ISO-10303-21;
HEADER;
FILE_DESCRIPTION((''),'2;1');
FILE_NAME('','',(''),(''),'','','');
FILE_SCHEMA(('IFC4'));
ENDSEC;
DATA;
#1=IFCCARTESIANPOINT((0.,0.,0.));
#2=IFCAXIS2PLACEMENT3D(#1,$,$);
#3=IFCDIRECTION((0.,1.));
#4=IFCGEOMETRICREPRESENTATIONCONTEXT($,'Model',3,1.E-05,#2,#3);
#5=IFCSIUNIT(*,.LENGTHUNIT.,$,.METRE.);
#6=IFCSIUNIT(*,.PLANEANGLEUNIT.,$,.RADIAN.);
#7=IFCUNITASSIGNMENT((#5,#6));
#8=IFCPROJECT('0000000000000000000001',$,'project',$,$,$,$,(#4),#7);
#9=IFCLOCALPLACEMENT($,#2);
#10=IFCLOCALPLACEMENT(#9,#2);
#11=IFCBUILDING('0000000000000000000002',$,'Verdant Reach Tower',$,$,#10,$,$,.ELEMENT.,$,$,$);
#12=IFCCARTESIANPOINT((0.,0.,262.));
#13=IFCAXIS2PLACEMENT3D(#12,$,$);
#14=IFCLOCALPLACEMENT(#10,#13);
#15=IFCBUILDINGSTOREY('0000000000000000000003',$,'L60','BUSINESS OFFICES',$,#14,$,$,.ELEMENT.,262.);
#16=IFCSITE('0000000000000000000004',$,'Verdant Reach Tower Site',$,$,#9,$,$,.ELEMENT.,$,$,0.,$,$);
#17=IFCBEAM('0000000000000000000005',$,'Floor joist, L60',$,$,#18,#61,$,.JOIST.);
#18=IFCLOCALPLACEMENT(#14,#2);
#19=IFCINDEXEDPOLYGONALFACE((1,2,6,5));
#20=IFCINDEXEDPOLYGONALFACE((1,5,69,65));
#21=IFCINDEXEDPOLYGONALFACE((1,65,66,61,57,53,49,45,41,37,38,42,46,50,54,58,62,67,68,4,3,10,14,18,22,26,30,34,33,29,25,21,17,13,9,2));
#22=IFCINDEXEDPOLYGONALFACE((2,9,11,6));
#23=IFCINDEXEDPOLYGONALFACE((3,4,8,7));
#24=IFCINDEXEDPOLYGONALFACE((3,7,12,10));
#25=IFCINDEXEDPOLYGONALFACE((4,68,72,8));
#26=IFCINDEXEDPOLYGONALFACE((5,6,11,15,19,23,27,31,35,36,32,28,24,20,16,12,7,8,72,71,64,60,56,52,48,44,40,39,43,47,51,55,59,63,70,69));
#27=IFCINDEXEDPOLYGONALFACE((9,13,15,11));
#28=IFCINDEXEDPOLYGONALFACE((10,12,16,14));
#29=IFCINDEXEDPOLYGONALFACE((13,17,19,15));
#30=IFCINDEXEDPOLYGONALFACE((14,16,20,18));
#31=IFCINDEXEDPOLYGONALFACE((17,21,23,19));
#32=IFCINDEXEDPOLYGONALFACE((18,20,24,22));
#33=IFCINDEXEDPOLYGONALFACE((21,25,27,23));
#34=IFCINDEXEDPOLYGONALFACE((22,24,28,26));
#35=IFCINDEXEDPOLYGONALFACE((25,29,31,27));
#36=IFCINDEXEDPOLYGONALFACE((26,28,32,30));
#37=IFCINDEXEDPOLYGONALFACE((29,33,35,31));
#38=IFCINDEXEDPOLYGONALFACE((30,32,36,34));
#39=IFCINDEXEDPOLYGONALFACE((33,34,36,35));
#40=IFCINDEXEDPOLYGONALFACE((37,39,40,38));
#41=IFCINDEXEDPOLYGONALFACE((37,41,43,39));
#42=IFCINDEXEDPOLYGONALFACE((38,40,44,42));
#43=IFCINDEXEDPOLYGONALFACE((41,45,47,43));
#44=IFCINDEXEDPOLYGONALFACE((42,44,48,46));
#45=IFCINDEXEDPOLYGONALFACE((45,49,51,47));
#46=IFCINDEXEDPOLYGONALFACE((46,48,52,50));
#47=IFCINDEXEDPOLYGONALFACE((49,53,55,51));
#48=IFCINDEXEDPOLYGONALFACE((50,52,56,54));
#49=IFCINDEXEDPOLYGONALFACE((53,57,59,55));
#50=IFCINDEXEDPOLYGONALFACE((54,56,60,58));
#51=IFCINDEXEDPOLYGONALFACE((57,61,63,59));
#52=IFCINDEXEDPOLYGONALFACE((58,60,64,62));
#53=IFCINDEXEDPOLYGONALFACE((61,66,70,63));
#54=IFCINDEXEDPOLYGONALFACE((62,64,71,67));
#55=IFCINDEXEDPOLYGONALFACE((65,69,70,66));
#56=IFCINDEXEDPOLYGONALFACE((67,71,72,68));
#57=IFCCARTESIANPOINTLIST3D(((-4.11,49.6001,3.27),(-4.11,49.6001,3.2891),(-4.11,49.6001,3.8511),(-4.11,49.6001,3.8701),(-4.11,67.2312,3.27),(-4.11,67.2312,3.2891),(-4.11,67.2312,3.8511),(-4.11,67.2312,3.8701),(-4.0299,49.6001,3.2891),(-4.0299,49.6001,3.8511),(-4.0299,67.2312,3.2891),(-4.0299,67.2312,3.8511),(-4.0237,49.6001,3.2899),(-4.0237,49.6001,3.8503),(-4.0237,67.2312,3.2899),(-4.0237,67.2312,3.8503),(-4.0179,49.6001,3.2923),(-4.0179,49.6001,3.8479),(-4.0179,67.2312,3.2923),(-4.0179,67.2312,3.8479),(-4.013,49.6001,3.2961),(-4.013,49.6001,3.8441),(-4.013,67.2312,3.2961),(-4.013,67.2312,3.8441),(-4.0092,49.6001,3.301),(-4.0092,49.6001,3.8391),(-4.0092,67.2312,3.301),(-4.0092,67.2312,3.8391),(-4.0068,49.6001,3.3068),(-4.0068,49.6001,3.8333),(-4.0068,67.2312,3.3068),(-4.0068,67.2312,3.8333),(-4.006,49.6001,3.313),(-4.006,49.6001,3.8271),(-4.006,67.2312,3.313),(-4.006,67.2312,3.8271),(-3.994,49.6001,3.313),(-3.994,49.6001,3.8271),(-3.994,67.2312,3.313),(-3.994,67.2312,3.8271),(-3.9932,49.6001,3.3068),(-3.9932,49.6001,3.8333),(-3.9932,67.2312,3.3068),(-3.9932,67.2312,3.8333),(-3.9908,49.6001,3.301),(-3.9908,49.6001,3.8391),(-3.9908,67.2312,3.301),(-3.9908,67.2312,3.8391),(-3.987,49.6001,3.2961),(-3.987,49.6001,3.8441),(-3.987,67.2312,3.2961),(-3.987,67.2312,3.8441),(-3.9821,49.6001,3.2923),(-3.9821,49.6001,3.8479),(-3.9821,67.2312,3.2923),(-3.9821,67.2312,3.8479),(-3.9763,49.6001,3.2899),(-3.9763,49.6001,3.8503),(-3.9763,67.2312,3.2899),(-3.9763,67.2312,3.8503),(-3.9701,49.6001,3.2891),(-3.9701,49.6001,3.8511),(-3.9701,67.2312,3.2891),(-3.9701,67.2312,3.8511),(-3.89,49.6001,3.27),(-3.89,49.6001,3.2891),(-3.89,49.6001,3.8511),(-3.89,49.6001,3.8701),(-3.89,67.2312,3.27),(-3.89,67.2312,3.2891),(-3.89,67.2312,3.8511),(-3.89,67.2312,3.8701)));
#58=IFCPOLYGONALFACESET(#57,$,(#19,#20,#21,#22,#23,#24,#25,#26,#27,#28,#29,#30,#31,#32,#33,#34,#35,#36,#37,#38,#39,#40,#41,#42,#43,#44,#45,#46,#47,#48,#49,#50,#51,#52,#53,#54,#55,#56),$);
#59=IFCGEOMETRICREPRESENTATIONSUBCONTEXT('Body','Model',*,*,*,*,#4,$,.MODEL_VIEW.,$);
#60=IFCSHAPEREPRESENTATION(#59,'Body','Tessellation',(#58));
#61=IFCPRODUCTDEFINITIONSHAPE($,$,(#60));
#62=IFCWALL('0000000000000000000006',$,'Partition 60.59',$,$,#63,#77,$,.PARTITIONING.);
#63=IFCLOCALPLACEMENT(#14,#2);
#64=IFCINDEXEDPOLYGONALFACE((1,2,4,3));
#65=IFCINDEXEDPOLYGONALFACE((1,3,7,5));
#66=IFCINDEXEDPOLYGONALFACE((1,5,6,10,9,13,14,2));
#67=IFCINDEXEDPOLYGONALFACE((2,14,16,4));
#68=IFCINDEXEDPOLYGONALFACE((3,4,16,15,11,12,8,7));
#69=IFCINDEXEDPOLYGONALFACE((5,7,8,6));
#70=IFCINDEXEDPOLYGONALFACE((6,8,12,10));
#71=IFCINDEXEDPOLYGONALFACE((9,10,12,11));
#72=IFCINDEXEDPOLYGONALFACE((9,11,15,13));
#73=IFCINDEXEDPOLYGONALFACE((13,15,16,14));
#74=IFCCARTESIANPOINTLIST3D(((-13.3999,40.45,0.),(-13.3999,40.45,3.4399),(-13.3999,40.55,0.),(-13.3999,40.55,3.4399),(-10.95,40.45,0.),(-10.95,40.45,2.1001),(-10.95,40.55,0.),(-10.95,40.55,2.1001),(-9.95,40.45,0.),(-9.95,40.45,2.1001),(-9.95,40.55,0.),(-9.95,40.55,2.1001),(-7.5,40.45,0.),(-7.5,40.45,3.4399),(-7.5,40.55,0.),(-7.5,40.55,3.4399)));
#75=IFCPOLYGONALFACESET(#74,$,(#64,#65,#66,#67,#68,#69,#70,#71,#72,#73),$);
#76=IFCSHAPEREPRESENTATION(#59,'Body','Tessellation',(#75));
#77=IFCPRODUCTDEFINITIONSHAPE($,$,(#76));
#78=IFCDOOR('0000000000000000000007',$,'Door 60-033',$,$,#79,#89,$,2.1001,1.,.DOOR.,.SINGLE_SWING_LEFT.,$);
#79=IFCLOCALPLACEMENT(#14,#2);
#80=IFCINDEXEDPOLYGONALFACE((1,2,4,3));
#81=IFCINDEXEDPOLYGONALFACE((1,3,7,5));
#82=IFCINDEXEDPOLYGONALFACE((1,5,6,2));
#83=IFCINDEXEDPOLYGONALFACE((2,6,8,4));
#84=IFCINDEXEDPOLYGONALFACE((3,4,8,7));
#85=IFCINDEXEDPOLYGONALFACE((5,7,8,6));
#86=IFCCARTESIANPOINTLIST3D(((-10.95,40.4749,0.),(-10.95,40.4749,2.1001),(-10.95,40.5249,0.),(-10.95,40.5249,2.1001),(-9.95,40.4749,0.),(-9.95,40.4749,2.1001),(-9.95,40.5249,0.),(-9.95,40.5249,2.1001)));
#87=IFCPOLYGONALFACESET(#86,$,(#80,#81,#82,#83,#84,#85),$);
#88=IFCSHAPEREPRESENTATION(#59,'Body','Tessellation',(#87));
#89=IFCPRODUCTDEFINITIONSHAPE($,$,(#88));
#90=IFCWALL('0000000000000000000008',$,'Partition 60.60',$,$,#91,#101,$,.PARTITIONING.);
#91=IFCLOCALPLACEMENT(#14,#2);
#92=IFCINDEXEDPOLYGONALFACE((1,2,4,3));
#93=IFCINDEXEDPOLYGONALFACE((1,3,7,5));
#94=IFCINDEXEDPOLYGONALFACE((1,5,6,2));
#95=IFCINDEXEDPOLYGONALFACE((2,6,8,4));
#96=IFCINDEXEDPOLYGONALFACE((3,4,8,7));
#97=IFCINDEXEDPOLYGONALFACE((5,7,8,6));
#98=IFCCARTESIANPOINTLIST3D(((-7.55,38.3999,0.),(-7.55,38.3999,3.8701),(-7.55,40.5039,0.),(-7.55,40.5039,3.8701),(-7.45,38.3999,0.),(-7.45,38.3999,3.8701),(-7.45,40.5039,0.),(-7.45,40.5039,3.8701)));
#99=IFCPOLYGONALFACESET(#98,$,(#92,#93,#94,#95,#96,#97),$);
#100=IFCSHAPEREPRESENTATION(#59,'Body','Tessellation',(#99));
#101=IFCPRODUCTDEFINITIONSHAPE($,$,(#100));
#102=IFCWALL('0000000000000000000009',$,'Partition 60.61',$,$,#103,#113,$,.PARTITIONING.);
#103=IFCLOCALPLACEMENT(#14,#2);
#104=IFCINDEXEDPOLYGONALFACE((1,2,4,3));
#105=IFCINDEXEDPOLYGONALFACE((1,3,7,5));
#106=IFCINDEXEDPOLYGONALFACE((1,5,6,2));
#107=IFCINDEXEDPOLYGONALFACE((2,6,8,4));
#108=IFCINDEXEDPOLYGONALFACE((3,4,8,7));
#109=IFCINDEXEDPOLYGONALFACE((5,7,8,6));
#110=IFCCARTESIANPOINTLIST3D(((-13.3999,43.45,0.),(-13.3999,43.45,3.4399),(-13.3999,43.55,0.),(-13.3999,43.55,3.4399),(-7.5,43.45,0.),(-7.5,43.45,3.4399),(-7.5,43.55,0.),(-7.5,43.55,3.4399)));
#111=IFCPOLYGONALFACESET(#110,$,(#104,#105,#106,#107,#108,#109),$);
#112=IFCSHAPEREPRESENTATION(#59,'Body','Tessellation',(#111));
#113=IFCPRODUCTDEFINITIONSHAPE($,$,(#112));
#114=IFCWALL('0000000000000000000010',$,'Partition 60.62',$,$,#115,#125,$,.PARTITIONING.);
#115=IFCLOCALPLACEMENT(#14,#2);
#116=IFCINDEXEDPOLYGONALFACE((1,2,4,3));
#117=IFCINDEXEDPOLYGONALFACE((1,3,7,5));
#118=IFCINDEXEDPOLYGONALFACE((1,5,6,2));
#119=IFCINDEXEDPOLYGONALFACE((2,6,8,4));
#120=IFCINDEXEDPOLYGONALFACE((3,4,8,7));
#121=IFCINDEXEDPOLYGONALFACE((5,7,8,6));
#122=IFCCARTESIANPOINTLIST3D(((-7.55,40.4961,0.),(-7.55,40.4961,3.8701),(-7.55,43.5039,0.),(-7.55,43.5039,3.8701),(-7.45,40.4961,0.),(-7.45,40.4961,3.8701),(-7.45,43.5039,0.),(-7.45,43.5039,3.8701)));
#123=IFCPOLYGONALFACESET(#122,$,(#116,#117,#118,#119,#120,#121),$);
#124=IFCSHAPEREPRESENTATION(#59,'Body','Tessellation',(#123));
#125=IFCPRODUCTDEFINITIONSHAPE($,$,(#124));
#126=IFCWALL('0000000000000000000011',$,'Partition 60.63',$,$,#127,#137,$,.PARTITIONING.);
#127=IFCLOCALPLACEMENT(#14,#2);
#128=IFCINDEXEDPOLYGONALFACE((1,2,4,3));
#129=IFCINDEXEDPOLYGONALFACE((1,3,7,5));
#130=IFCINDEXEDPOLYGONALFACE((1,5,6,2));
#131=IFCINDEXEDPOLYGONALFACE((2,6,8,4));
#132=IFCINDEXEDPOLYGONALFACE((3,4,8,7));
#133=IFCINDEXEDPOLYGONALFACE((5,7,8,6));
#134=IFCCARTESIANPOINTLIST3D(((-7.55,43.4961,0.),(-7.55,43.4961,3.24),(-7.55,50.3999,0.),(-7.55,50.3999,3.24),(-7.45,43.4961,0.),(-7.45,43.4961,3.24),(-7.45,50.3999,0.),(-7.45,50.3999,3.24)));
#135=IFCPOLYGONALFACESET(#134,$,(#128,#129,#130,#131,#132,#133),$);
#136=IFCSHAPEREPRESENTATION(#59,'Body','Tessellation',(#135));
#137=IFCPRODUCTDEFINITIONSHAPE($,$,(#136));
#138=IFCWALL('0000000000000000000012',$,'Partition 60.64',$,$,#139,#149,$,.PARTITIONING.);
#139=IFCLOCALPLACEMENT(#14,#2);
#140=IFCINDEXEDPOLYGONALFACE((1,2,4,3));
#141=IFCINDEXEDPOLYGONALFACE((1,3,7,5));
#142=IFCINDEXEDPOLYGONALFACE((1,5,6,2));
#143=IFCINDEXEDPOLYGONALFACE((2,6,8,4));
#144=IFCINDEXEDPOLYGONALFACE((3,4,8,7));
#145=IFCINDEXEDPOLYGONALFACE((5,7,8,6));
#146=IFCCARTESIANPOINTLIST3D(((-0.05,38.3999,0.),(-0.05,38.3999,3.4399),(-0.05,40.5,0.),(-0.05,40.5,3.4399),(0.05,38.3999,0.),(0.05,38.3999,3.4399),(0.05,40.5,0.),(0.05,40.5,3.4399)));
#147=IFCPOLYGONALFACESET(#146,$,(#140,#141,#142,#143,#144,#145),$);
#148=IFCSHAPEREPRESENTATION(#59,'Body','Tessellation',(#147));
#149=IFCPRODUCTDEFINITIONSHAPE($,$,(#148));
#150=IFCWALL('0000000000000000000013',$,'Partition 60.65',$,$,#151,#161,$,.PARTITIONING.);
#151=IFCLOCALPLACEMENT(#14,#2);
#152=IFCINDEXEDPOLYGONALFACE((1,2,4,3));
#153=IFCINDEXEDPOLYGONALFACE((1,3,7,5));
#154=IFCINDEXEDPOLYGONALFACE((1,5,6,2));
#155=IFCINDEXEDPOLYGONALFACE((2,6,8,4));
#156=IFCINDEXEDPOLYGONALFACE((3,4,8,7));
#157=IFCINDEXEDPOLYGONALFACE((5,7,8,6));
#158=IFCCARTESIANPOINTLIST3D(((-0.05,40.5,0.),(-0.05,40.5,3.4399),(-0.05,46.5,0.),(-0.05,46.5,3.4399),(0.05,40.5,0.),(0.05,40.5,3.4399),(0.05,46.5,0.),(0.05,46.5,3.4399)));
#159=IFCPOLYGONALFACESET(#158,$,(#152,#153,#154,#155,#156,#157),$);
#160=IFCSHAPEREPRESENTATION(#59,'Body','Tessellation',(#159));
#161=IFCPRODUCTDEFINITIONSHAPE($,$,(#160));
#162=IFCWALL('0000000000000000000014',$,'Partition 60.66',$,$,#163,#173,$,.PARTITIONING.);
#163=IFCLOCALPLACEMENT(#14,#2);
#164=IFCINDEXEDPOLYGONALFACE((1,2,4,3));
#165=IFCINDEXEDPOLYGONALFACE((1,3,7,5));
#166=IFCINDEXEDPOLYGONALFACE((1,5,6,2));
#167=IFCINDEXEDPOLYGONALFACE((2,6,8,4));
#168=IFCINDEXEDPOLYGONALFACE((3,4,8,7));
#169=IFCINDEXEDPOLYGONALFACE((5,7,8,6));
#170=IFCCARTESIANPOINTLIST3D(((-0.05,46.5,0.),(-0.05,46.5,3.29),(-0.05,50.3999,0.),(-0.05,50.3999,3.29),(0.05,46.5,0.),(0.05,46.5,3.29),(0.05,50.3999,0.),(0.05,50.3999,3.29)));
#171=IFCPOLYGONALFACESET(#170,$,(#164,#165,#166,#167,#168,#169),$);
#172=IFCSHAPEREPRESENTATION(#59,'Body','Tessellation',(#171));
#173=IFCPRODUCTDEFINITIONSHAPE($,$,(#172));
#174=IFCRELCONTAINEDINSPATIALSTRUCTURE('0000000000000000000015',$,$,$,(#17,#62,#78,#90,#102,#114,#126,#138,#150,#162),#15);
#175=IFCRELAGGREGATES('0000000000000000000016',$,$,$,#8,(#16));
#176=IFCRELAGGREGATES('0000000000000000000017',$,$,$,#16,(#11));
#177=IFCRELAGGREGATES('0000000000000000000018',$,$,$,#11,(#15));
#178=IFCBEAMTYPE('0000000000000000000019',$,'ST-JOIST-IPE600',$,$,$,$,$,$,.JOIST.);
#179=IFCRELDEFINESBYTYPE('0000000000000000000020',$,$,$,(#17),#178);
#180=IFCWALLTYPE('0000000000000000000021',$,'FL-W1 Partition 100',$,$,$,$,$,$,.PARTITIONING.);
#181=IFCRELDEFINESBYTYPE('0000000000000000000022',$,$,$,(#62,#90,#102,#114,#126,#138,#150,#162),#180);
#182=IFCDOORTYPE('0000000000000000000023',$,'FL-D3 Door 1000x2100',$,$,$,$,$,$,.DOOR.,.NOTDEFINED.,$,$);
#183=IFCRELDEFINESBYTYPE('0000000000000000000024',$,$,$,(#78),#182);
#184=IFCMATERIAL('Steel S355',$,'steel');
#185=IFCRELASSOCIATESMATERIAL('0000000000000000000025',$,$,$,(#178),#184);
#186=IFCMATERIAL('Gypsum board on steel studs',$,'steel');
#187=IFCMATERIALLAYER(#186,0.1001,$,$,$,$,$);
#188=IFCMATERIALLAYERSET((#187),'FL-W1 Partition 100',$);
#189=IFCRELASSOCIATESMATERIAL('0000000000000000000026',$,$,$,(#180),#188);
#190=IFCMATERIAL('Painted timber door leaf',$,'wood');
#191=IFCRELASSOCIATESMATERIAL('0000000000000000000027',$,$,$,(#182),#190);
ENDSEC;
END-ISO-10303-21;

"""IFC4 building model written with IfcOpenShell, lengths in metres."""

from ifc_helpers import new_model, si_unit, direction, frame, frame_2d, origin, origin_2d, place, context, subcontext, project, spatial, rectangle, i_section, extrude, material, layer, layer_set, material_profile, profile_set, type_object, element, fill, save


model = new_model("IFC4")

# Units and contexts
model_context = context("Model", 3, precision=1e-05, world=origin(), true_north=direction((0.0, 1.0)))
body_context = subcontext(model_context, "Body", "Model", "MODEL_VIEW")
ifc_project = project(units=[si_unit("LENGTHUNIT", "METRE"), si_unit("PLANEANGLEUNIT", "RADIAN")], contexts=[model_context])

# Site, building, storey
site_placement = place(None, origin())
site = spatial("IfcSite", under=ifc_project, at=site_placement, Name="Verdant Reach Tower Site", CompositionType="ELEMENT", RefElevation=0.0)
building_placement = place(site_placement, origin())
building = spatial("IfcBuilding", under=site, at=building_placement, Name="Verdant Reach Tower", CompositionType="ELEMENT")
storey_placement = place(building_placement, frame((0.0, 0.0, 262.0)))
storey = spatial("IfcBuildingStorey", under=building, at=storey_placement, Name="L60", Description="BUSINESS OFFICES", CompositionType="ELEMENT", Elevation=262.0)

# Beam
ifc_material_1 = material(Name="Steel S355", Category="steel")
ifc_material_profile_1 = material_profile(ifc_material_1, i_section(OverallWidth=0.22, OverallDepth=0.6001, WebThickness=0.012, FlangeThickness=0.019, FilletRadius=0.0239, at=origin_2d()), Name="IPE 600")
ifc_profile_set_1 = profile_set([ifc_material_profile_1], Name="Steel S355")
beam_type_1 = type_object("IfcBeamType", Name="ST-JOIST-IPE600", PredefinedType="JOIST", material=ifc_profile_set_1)
beam_1_placement = place(storey_placement, frame((-4.0, 49.6001, 3.5701), z_axis=(0.0, 1.0, 0.0), x_axis=(-1.0, 0.0, 0.0)))
element("IfcBeam", 1, at=beam_1_placement, inside=storey, type_object=beam_type_1, Name="Floor joist, L60", PredefinedType="JOIST", context=body_context, shape_type="SweptSolid", body=[
    extrude(i_section(OverallWidth=0.22, OverallDepth=0.6001, WebThickness=0.012, FlangeThickness=0.019, FilletRadius=0.0239, at=origin_2d()), origin(), (0.0, 0.0, 1.0), 17.6311),
])

# Wall, opening, door
ifc_material_2 = material(Name="Gypsum board on steel studs", Category="steel")
ifc_layer_1 = layer(ifc_material_2, 0.1001)
ifc_layer_set_1 = layer_set([ifc_layer_1], Name="FL-W1 Partition 100")
wall_type_1 = type_object("IfcWallType", Name="FL-W1 Partition 100", PredefinedType="PARTITIONING", material=ifc_layer_set_1)
wall_1_placement = place(storey_placement, frame((-13.3999, 40.5, 0.0), z_axis=(0.0, 0.0, 1.0), x_axis=(1.0, 0.0, 0.0)))
wall_1 = element("IfcWall", 2, at=wall_1_placement, inside=storey, type_object=wall_type_1, Name="Partition 60.59", PredefinedType="PARTITIONING", context=body_context, shape_type="SweptSolid", body=[
    extrude(rectangle(XDim=5.8999, YDim=0.1001, at=frame_2d((2.95, 0.0))), origin(), (0.0, 0.0, 1.0), 3.4399),
])
opening_1_placement = place(wall_1_placement, frame((2.45, 0.0, 0.0)))
opening_1 = element("IfcOpeningElement", 3, at=opening_1_placement, cuts=wall_1, PredefinedType="OPENING", context=body_context, shape_type="SweptSolid", body=[
    extrude(rectangle(XDim=1.0, YDim=2.1001, at=frame_2d((0.5, 1.05))), frame((0.0, 0.0601, 0.0), z_axis=(0.0, -1.0, 0.0), x_axis=(1.0, 0.0, 0.0)), (0.0, 0.0, 1.0), 0.1201),
])
ifc_material_3 = material(Name="Painted timber door leaf", Category="wood")
door_type_1 = type_object("IfcDoorType", Name="FL-D3 Door 1000x2100", OperationType="NOTDEFINED", PredefinedType="DOOR", material=ifc_material_3)
door_1_placement = place(opening_1_placement, origin())
door_1 = element("IfcDoor", 4, at=door_1_placement, inside=storey, type_object=door_type_1, Name="Door 60-033", OperationType="SINGLE_SWING_LEFT", OverallHeight=2.1001, OverallWidth=1.0, PredefinedType="DOOR", context=body_context, shape_type="SweptSolid", body=[
    extrude(rectangle(XDim=1.0, YDim=2.1001, at=frame_2d((0.5, 1.05))), frame((0.0, 0.0249, 0.0), z_axis=(0.0, -1.0, 0.0), x_axis=(1.0, 0.0, 0.0)), (0.0, 0.0, 1.0), 0.05),
])
fill(opening_1, door_1)

# Walls
wall_2_placement = place(storey_placement, frame((-7.5, 38.3999, 0.0), z_axis=(0.0, 0.0, 1.0), x_axis=(0.0, 1.0, 0.0)))
element("IfcWall", 5, at=wall_2_placement, inside=storey, type_object=wall_type_1, Name="Partition 60.60", PredefinedType="PARTITIONING", context=body_context, shape_type="SweptSolid", body=[
    extrude(rectangle(XDim=2.104, YDim=0.1001, at=frame_2d((1.052, 0.0))), origin(), (0.0, 0.0, 1.0), 3.8701),
])
wall_3_placement = place(storey_placement, frame((-7.5, 43.5, 0.0), z_axis=(0.0, 0.0, 1.0), x_axis=(-1.0, 0.0, 0.0)))
element("IfcWall", 6, at=wall_3_placement, inside=storey, type_object=wall_type_1, Name="Partition 60.61", PredefinedType="PARTITIONING", context=body_context, shape_type="SweptSolid", body=[
    extrude(rectangle(XDim=5.8999, YDim=0.1001, at=frame_2d((2.95, 0.0))), origin(), (0.0, 0.0, 1.0), 3.4399),
])
wall_4_placement = place(storey_placement, frame((-7.5, 40.4961, 0.0), z_axis=(0.0, 0.0, 1.0), x_axis=(0.0, 1.0, 0.0)))
element("IfcWall", 7, at=wall_4_placement, inside=storey, type_object=wall_type_1, Name="Partition 60.62", PredefinedType="PARTITIONING", context=body_context, shape_type="SweptSolid", body=[
    extrude(rectangle(XDim=3.0078, YDim=0.1001, at=frame_2d((1.5039, 0.0))), origin(), (0.0, 0.0, 1.0), 3.8701),
])
wall_5_placement = place(storey_placement, frame((-7.5, 43.4961, 0.0), z_axis=(0.0, 0.0, 1.0), x_axis=(0.0, 1.0, 0.0)))
element("IfcWall", 8, at=wall_5_placement, inside=storey, type_object=wall_type_1, Name="Partition 60.63", PredefinedType="PARTITIONING", context=body_context, shape_type="SweptSolid", body=[
    extrude(rectangle(XDim=6.9038, YDim=0.1001, at=frame_2d((3.4519, 0.0))), origin(), (0.0, 0.0, 1.0), 3.24),
])
wall_6_placement = place(storey_placement, frame((0.0, 38.3999, 0.0), z_axis=(0.0, 0.0, 1.0), x_axis=(0.0, 1.0, 0.0)))
element("IfcWall", 9, at=wall_6_placement, inside=storey, type_object=wall_type_1, Name="Partition 60.64", PredefinedType="PARTITIONING", context=body_context, shape_type="SweptSolid", body=[
    extrude(rectangle(XDim=2.1001, YDim=0.1001, at=frame_2d((1.05, 0.0))), origin(), (0.0, 0.0, 1.0), 3.4399),
])
wall_7_placement = place(storey_placement, frame((0.0, 40.5, 0.0), z_axis=(0.0, 0.0, 1.0), x_axis=(0.0, 1.0, 0.0)))
element("IfcWall", 10, at=wall_7_placement, inside=storey, type_object=wall_type_1, Name="Partition 60.65", PredefinedType="PARTITIONING", context=body_context, shape_type="SweptSolid", body=[
    extrude(rectangle(XDim=6.0, YDim=0.1001, at=frame_2d((3.0, 0.0))), origin(), (0.0, 0.0, 1.0), 3.4399),
])
wall_8_placement = place(storey_placement, frame((0.0, 46.5, 0.0), z_axis=(0.0, 0.0, 1.0), x_axis=(0.0, 1.0, 0.0)))
element("IfcWall", 11, at=wall_8_placement, inside=storey, type_object=wall_type_1, Name="Partition 60.66", PredefinedType="PARTITIONING", context=body_context, shape_type="SweptSolid", body=[
    extrude(rectangle(XDim=3.8999, YDim=0.1001, at=frame_2d((1.95, 0.0))), origin(), (0.0, 0.0, 1.0), 3.29),
])

save(model, "model.ifc")
